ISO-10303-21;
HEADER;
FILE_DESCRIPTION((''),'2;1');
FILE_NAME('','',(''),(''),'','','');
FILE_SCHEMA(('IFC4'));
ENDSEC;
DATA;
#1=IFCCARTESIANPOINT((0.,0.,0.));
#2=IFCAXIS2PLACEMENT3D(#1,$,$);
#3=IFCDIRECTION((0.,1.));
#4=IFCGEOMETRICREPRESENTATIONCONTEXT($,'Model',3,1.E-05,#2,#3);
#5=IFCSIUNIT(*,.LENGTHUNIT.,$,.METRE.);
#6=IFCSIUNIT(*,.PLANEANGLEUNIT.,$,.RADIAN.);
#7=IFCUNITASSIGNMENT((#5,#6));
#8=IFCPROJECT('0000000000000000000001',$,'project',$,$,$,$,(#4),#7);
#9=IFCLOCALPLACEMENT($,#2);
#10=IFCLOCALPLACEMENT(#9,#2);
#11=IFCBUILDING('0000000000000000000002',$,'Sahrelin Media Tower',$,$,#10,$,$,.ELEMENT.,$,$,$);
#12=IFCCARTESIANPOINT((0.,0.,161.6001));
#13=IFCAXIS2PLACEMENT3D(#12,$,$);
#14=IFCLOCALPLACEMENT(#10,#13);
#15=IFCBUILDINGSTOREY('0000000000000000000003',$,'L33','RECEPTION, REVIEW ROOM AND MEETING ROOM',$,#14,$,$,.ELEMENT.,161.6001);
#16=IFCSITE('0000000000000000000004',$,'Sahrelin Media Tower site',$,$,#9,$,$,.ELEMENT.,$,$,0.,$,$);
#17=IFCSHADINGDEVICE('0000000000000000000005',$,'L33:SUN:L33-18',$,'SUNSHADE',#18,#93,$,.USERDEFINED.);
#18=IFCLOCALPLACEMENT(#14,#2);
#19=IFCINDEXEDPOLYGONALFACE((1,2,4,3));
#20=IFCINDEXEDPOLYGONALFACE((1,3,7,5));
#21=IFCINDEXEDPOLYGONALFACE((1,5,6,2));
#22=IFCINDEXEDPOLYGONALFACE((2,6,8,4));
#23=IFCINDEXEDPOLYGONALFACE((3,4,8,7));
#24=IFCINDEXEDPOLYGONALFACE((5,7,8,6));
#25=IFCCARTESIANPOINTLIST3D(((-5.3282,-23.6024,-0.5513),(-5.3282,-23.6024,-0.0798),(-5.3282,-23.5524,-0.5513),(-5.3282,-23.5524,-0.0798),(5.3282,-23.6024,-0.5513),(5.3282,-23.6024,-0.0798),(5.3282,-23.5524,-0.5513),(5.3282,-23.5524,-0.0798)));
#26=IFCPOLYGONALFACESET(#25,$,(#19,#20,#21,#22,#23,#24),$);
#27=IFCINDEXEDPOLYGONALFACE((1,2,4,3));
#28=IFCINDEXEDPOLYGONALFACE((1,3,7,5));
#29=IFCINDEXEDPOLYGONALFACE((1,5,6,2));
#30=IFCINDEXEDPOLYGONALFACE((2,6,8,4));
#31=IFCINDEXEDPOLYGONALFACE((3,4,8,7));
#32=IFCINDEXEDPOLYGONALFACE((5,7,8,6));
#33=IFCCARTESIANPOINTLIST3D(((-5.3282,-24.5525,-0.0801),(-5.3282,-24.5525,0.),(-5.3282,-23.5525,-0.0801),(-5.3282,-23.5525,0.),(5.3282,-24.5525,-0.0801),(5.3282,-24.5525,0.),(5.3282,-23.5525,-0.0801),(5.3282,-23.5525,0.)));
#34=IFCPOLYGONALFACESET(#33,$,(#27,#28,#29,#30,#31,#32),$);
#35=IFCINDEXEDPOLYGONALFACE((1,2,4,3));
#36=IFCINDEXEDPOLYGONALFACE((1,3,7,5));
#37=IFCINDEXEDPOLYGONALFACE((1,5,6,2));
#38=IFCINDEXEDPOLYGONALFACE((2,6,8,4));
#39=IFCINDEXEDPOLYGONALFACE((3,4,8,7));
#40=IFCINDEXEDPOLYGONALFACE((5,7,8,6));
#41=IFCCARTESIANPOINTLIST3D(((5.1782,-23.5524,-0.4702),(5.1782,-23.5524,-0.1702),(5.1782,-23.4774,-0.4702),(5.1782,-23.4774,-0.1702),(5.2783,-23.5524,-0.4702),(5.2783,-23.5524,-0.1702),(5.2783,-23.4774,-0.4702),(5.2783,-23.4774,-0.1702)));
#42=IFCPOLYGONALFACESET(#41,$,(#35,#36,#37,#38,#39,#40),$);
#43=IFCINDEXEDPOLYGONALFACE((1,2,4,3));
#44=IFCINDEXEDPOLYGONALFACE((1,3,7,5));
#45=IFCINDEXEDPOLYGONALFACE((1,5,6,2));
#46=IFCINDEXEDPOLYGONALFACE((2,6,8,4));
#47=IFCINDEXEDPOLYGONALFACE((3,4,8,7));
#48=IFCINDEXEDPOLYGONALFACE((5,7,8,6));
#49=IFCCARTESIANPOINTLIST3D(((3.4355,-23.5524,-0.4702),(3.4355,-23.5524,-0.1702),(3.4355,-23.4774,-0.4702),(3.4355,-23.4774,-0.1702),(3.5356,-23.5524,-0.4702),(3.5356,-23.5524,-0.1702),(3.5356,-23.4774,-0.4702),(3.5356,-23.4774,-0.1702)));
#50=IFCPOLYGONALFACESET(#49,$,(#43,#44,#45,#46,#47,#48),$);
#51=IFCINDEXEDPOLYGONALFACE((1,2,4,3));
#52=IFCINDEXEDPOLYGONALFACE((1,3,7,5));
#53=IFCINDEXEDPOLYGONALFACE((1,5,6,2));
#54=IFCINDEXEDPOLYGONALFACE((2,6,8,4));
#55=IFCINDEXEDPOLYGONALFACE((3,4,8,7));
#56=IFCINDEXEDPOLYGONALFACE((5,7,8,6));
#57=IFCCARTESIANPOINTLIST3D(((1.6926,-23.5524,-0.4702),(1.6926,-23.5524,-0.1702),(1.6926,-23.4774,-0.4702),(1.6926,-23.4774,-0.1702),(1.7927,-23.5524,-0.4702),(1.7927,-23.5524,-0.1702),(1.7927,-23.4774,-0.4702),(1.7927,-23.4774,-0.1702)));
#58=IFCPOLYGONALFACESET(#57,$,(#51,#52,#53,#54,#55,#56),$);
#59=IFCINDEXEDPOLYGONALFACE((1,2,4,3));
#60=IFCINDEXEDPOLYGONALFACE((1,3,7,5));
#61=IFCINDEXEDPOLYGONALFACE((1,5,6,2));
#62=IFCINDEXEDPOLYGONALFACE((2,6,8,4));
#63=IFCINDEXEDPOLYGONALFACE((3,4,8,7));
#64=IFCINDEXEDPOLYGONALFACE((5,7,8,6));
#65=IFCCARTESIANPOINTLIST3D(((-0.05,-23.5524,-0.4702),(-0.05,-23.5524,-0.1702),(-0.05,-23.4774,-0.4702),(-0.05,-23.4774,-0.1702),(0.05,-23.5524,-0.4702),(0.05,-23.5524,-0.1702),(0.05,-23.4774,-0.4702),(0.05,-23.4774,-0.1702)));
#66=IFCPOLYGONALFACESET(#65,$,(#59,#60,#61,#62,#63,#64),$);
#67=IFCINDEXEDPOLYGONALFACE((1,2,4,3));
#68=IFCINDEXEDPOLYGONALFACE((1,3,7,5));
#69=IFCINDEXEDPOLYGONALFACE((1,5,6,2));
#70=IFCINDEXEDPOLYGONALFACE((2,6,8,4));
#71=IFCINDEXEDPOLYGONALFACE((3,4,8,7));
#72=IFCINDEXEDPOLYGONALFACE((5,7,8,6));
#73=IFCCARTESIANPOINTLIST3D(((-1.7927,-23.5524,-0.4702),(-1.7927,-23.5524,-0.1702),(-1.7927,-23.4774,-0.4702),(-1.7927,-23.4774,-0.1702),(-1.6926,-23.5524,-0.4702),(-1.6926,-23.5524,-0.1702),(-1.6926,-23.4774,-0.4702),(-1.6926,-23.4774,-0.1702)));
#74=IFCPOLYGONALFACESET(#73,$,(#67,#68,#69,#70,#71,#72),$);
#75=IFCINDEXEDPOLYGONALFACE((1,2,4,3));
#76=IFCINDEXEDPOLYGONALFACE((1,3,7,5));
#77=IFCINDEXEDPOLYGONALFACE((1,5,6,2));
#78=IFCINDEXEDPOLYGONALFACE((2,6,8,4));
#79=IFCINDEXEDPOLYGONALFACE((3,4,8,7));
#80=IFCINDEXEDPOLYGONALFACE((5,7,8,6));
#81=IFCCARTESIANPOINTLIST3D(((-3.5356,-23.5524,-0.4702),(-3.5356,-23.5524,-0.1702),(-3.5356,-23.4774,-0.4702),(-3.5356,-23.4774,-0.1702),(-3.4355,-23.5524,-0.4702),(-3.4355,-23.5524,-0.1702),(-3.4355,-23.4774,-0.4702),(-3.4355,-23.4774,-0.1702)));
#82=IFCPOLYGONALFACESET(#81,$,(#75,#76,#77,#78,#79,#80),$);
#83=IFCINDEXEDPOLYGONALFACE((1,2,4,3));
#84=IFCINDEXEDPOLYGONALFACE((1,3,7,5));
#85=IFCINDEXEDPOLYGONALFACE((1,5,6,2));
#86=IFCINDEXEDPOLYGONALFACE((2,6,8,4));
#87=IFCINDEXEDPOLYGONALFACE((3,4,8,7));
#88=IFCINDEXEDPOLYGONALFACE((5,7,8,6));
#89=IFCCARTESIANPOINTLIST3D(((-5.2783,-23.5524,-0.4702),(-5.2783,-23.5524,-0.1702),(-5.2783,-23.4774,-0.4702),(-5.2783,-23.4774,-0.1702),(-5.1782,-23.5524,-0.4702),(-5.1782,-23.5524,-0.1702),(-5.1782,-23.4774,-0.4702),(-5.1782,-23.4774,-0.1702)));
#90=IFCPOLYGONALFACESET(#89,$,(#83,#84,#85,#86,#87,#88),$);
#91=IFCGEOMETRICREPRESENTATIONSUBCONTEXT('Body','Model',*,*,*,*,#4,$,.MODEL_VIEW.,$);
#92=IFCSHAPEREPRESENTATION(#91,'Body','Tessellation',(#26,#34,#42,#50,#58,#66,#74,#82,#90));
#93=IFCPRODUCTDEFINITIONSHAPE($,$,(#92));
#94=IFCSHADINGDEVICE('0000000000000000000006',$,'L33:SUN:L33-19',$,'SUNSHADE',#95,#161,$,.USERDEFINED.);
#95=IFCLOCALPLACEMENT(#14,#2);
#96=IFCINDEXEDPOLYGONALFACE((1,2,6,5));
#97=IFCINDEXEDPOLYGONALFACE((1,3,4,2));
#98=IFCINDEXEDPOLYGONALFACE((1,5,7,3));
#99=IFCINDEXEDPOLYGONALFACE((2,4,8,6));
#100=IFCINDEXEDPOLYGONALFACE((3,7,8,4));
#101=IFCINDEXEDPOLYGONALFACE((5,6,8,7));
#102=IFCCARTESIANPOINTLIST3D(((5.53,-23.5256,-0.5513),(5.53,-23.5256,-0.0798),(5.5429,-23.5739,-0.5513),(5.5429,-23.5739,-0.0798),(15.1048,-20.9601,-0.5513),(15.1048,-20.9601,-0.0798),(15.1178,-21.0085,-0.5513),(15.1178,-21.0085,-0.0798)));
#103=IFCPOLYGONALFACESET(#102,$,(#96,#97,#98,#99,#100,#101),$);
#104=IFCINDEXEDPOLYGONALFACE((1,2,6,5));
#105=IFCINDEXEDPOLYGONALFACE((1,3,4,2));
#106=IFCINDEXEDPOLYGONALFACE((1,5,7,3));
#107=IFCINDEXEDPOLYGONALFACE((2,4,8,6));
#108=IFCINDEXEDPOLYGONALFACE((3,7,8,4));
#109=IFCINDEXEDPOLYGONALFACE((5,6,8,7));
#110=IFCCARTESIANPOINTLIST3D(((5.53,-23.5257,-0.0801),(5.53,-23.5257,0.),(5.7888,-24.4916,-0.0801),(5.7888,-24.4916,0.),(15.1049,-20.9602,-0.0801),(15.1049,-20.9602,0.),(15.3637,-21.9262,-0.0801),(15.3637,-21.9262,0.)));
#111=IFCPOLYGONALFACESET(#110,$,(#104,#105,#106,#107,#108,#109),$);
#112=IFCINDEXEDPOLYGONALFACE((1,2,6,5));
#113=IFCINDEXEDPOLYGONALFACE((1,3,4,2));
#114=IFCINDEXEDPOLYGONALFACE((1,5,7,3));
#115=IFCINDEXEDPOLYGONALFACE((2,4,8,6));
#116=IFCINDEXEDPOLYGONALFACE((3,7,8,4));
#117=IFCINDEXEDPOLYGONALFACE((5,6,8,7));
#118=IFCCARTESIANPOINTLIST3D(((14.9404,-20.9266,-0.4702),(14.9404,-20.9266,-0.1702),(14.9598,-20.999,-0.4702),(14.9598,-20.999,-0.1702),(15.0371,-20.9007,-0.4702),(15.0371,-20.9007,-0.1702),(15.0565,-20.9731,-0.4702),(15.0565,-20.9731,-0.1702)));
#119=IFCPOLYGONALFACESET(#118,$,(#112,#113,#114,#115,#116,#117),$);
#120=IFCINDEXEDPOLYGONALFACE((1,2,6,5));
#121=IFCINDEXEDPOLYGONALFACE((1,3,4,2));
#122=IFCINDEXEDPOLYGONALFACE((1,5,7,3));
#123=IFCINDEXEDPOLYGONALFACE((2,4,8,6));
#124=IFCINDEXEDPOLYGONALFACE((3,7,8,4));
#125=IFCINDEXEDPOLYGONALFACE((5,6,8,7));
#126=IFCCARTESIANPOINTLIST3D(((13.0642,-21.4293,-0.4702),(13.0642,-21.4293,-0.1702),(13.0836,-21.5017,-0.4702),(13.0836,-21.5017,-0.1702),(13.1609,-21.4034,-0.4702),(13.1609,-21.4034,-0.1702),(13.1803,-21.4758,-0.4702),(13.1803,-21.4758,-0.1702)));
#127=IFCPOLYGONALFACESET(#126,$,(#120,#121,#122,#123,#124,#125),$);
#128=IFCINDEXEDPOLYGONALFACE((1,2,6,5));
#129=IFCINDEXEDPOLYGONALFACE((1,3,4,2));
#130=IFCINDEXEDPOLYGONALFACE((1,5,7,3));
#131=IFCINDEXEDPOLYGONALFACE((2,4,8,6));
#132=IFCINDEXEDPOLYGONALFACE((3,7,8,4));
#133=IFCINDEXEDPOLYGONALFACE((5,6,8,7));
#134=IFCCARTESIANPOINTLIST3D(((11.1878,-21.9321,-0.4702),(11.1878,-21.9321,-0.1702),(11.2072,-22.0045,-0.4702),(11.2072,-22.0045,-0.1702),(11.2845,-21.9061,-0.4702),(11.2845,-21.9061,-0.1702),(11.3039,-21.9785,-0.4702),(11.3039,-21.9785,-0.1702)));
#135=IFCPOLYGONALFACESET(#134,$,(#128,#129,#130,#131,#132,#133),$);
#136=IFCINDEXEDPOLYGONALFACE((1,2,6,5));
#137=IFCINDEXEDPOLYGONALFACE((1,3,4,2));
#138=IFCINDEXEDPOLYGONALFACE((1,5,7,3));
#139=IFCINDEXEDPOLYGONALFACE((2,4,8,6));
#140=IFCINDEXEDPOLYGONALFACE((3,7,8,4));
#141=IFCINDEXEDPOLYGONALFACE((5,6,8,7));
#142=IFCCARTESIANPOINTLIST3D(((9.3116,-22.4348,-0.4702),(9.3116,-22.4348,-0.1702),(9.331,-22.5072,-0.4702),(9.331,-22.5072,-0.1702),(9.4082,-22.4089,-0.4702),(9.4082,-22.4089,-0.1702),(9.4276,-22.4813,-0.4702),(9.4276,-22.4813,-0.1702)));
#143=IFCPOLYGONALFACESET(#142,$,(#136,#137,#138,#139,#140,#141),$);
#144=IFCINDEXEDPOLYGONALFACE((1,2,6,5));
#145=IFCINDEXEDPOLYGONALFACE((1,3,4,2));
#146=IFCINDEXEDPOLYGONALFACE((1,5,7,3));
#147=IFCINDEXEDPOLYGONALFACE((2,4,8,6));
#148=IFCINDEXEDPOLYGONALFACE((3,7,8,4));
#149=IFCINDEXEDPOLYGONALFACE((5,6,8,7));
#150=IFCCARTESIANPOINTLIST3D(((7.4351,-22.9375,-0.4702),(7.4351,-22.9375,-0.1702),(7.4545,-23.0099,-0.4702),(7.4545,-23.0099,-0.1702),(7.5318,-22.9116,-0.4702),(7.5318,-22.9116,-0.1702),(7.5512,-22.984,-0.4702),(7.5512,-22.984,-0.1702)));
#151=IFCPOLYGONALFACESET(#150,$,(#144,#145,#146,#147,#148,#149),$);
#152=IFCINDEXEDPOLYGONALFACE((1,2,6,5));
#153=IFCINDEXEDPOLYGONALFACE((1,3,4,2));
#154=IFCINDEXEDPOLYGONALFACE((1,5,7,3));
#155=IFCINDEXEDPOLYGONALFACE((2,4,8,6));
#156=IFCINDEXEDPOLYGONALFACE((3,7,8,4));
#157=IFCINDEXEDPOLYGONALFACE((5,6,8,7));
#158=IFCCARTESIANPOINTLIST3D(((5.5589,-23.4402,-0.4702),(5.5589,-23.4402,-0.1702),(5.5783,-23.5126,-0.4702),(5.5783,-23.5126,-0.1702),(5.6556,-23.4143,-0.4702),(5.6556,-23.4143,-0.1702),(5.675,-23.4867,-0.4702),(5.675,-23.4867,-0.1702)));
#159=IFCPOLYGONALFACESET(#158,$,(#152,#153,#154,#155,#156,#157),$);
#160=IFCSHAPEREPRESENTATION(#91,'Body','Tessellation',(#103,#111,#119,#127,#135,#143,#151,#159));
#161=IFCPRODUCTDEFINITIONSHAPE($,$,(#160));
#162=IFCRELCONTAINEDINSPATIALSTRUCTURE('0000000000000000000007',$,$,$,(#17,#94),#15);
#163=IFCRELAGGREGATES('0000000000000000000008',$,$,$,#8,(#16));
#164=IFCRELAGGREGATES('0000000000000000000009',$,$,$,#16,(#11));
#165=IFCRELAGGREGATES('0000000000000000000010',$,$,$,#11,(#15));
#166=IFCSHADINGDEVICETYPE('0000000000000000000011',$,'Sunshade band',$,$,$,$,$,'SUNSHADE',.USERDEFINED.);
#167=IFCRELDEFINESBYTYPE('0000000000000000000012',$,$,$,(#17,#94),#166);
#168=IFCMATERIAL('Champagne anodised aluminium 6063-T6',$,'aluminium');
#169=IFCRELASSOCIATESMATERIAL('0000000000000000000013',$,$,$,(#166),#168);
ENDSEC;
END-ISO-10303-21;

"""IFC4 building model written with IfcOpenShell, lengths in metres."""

from ifc_helpers import new_model, si_unit, direction, frame, origin, origin_2d, place, context, subcontext, project, spatial, rectangle, extrude, material, type_object, element, save


model = new_model("IFC4")

# Units and contexts
model_context = context("Model", 3, precision=1e-05, world=origin(), true_north=direction((0.0, 1.0)))
body_context = subcontext(model_context, "Body", "Model", "MODEL_VIEW")
ifc_project = project(units=[si_unit("LENGTHUNIT", "METRE"), si_unit("PLANEANGLEUNIT", "RADIAN")], contexts=[model_context])

# Site, building, storey
site_placement = place(None, origin())
site = spatial("IfcSite", under=ifc_project, at=site_placement, Name="Sahrelin Media Tower site", CompositionType="ELEMENT", RefElevation=0.0)
building_placement = place(site_placement, origin())
building = spatial("IfcBuilding", under=site, at=building_placement, Name="Sahrelin Media Tower", CompositionType="ELEMENT")
storey_placement = place(building_placement, frame((0.0, 0.0, 161.6001)))
storey = spatial("IfcBuildingStorey", under=building, at=storey_placement, Name="L33", Description="RECEPTION, REVIEW ROOM AND MEETING ROOM", CompositionType="ELEMENT", Elevation=161.6001)

# Shared definitions
ifc_material_1 = material(Name="Champagne anodised aluminium 6063-T6", Category="aluminium")

# Shading devices
placement_1 = place(storey_placement, frame((0.0, -23.5325, 0.0), z_axis=(0.0, 0.0, 1.0), x_axis=(-1.0, 0.0, 0.0)))
placement_2 = place(storey_placement, frame((10.3123, -22.2236, 0.0), z_axis=(0.0, 0.0, 1.0), x_axis=(-0.965929, -0.258808, 0.0)))
shading_device_type_1 = type_object("IfcShadingDeviceType", Name="Sunshade band", ElementType="SUNSHADE", PredefinedType="USERDEFINED", material=ifc_material_1)
element("IfcShadingDevice", 1, at=placement_1, inside=storey, type_object=shading_device_type_1, Name="L33:SUN:L33-18", ObjectType="SUNSHADE", PredefinedType="USERDEFINED", context=body_context, shape_type="SweptSolid", body=[
    extrude(rectangle(XDim=10.6565, YDim=0.05, at=origin_2d()), frame((0.0, 0.0449, -0.5513)), (0.0, 0.0, 1.0), 0.4714),
    extrude(rectangle(XDim=10.6565, YDim=1.0, at=origin_2d()), frame((0.0, 0.52, -0.0801)), (0.0, 0.0, 1.0), 0.0801),
    extrude(rectangle(XDim=0.1001, YDim=0.075, at=origin_2d()), frame((-5.2283, -0.0176, -0.4702)), (0.0, 0.0, 1.0), 0.3),
    extrude(rectangle(XDim=0.1001, YDim=0.075, at=origin_2d()), frame((-3.4856, -0.0176, -0.4702)), (0.0, 0.0, 1.0), 0.3),
    extrude(rectangle(XDim=0.1001, YDim=0.075, at=origin_2d()), frame((-1.7427, -0.0176, -0.4702)), (0.0, 0.0, 1.0), 0.3),
    extrude(rectangle(XDim=0.1001, YDim=0.075, at=origin_2d()), frame((0.0, -0.0176, -0.4702)), (0.0, 0.0, 1.0), 0.3),
    extrude(rectangle(XDim=0.1001, YDim=0.075, at=origin_2d()), frame((1.7427, -0.0176, -0.4702)), (0.0, 0.0, 1.0), 0.3),
    extrude(rectangle(XDim=0.1001, YDim=0.075, at=origin_2d()), frame((3.4856, -0.0176, -0.4702)), (0.0, 0.0, 1.0), 0.3),
    extrude(rectangle(XDim=0.1001, YDim=0.075, at=origin_2d()), frame((5.2283, -0.0176, -0.4702)), (0.0, 0.0, 1.0), 0.3),
])
element("IfcShadingDevice", 2, at=placement_2, inside=storey, type_object=shading_device_type_1, Name="L33:SUN:L33-19", ObjectType="SUNSHADE", PredefinedType="USERDEFINED", context=body_context, shape_type="SweptSolid", body=[
    extrude(rectangle(XDim=9.9126, YDim=0.05, at=origin_2d()), frame((0.0, 0.0449, -0.5513)), (0.0, 0.0, 1.0), 0.4714),
    extrude(rectangle(XDim=9.9126, YDim=1.0, at=origin_2d()), frame((0.0, 0.52, -0.0801)), (0.0, 0.0, 1.0), 0.0801),
    extrude(rectangle(XDim=0.1001, YDim=0.075, at=origin_2d()), frame((-4.8562, -0.0176, -0.4702)), (0.0, 0.0, 1.0), 0.3),
    extrude(rectangle(XDim=0.1001, YDim=0.075, at=origin_2d()), frame((-2.9138, -0.0176, -0.4702)), (0.0, 0.0, 1.0), 0.3),
    extrude(rectangle(XDim=0.1001, YDim=0.075, at=origin_2d()), frame((-0.9712, -0.0176, -0.4702)), (0.0, 0.0, 1.0), 0.3),
    extrude(rectangle(XDim=0.1001, YDim=0.075, at=origin_2d()), frame((0.9712, -0.0176, -0.4702)), (0.0, 0.0, 1.0), 0.3),
    extrude(rectangle(XDim=0.1001, YDim=0.075, at=origin_2d()), frame((2.9138, -0.0176, -0.4702)), (0.0, 0.0, 1.0), 0.3),
    extrude(rectangle(XDim=0.1001, YDim=0.075, at=origin_2d()), frame((4.8562, -0.0176, -0.4702)), (0.0, 0.0, 1.0), 0.3),
])

save(model, "model.ifc")
